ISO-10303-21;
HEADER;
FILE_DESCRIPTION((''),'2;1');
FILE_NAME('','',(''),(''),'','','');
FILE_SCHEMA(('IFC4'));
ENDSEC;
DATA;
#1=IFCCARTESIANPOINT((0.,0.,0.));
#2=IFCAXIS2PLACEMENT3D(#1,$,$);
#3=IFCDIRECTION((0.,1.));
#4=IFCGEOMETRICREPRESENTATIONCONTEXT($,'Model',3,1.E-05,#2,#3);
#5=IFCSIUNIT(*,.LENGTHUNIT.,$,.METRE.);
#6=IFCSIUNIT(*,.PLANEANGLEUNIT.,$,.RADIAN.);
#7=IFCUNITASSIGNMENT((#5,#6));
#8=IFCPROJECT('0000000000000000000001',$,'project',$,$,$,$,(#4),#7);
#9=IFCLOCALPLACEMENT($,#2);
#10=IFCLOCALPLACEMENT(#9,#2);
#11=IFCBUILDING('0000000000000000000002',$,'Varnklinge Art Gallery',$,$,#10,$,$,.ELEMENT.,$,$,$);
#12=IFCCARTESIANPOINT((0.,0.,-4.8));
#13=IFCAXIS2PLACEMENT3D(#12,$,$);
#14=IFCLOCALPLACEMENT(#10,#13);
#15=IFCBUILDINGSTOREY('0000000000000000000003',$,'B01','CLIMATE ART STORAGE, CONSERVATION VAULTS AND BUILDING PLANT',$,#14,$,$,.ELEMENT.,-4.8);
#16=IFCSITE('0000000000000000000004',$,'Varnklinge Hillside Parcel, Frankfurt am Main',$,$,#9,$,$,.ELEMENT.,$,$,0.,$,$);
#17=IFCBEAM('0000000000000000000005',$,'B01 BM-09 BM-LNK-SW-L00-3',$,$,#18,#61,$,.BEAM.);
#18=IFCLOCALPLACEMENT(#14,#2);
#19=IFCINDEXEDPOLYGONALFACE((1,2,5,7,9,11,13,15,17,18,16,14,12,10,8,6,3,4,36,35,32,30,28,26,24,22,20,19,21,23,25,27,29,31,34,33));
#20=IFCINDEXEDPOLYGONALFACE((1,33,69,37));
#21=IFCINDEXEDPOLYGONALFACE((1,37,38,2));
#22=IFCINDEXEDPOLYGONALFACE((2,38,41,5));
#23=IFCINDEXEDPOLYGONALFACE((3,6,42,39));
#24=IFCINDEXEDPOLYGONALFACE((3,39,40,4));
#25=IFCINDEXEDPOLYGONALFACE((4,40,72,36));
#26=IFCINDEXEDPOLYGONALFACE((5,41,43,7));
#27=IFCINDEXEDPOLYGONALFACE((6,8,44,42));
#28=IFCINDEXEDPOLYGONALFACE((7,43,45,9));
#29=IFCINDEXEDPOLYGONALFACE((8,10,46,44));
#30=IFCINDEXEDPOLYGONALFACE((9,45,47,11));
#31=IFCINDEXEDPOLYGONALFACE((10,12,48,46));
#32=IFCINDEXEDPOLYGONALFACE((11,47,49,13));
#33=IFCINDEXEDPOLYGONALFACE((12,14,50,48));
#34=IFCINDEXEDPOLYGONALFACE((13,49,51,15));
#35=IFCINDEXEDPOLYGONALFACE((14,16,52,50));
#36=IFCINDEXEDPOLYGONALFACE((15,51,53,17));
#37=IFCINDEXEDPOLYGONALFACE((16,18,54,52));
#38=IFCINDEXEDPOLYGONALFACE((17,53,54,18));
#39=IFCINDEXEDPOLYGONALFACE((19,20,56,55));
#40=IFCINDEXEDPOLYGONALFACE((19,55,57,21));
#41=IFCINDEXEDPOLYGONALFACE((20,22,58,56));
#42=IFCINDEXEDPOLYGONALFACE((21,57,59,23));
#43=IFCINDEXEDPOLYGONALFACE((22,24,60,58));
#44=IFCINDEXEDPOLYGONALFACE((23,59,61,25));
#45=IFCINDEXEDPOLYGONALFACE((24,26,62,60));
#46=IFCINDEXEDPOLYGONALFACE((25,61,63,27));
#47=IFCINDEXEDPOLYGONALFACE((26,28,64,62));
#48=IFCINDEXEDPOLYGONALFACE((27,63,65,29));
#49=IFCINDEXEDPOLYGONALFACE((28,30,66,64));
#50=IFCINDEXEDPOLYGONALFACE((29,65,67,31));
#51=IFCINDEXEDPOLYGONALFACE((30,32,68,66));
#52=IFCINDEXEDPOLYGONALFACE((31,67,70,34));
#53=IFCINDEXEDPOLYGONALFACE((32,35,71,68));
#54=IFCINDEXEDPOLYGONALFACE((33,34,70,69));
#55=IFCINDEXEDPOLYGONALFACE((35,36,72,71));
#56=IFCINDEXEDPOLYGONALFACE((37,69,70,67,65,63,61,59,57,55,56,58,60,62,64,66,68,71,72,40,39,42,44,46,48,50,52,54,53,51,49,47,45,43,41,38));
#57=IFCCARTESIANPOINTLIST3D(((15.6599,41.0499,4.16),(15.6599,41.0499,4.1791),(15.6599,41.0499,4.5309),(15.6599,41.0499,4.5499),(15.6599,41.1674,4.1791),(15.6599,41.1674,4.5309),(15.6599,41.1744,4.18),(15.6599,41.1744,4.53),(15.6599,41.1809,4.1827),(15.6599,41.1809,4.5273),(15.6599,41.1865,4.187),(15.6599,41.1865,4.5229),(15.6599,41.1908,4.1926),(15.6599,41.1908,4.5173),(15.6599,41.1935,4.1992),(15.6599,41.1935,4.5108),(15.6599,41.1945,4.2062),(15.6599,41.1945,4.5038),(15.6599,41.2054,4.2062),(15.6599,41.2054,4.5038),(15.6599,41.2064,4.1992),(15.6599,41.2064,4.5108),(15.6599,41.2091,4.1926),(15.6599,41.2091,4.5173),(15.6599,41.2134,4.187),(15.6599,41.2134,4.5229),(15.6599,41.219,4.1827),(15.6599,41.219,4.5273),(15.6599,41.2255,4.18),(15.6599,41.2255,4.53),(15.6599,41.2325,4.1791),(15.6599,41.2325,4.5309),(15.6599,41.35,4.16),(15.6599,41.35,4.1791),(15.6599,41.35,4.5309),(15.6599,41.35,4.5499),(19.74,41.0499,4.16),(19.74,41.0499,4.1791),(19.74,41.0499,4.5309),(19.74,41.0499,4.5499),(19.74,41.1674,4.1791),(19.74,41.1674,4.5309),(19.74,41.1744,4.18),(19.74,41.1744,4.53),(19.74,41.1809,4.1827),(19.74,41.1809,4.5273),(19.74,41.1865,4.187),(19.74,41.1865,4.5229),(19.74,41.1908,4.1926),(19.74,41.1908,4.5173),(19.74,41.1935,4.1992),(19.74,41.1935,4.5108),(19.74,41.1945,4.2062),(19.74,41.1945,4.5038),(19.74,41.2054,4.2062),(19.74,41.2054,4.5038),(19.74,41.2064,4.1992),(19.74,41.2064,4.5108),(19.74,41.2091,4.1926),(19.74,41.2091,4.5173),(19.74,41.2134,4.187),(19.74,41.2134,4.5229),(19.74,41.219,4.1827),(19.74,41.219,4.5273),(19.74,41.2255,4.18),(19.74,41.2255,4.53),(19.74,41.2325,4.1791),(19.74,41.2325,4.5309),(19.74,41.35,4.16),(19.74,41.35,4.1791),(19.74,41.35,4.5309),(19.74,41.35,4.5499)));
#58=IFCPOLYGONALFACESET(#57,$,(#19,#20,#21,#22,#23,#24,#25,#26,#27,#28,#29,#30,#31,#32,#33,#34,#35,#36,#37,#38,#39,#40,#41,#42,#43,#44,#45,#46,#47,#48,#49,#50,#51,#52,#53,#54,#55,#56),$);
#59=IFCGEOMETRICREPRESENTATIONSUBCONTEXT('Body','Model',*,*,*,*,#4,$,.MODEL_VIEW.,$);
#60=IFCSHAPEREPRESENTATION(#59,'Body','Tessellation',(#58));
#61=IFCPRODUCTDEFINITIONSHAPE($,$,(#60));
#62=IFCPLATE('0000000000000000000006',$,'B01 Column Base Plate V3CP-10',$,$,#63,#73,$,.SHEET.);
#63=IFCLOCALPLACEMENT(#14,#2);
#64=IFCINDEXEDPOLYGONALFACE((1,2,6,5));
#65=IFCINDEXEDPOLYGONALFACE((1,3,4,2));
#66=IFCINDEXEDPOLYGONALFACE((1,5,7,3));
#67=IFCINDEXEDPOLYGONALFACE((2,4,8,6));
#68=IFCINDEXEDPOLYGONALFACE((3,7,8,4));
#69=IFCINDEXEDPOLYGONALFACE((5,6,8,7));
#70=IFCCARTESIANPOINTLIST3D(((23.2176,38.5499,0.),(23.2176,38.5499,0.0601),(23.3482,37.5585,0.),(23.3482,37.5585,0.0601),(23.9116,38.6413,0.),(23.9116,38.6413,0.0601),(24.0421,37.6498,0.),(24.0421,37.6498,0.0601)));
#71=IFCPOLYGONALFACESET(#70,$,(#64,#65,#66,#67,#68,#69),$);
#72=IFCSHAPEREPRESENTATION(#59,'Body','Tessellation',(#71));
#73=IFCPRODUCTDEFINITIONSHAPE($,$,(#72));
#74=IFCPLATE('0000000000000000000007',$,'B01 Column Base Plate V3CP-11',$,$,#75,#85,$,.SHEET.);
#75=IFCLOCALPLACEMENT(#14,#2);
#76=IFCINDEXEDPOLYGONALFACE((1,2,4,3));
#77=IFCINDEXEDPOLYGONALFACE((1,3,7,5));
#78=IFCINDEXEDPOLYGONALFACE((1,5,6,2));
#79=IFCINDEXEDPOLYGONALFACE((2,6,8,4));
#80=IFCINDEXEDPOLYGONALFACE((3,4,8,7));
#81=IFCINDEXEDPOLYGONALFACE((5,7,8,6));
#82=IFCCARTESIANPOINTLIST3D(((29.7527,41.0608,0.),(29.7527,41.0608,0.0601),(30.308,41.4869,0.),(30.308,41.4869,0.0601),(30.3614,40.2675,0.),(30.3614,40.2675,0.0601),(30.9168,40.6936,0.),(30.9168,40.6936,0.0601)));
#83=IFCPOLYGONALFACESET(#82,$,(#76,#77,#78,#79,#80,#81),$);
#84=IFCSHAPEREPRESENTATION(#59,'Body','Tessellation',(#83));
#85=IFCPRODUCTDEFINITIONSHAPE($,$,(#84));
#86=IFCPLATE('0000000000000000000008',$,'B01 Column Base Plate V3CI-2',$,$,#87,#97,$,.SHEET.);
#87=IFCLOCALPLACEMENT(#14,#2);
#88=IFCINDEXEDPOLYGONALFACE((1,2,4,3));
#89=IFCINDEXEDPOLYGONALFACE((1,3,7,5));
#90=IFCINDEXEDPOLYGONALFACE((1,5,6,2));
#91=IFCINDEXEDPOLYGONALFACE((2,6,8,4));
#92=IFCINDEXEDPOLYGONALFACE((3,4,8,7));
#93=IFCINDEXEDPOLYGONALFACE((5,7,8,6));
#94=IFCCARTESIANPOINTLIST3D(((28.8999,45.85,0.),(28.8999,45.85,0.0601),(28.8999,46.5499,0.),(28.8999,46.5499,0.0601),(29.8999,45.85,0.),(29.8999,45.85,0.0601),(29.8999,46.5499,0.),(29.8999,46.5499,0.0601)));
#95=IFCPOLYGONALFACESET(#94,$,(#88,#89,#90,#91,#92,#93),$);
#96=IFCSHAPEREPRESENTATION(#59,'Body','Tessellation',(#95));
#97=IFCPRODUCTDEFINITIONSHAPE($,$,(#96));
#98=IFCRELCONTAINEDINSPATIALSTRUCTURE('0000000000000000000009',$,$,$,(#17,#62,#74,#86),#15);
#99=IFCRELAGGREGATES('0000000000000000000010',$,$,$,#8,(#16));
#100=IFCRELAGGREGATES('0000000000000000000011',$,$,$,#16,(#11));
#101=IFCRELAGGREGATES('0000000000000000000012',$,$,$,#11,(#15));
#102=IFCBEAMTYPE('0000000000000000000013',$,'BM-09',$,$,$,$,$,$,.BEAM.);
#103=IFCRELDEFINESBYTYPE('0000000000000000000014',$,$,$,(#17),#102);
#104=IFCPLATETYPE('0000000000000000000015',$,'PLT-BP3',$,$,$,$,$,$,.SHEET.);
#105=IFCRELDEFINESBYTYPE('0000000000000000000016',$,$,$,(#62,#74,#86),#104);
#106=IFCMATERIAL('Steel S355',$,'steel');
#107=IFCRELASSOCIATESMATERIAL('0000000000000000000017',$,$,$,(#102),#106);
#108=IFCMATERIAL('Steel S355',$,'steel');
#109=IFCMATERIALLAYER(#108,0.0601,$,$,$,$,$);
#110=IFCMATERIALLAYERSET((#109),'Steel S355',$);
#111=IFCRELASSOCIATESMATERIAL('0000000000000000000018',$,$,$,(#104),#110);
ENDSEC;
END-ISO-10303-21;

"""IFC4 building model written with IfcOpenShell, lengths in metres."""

from ifc_helpers import new_model, si_unit, direction, frame, origin, origin_2d, place, context, subcontext, project, spatial, rectangle, i_section, extrude, material, layer, layer_set, material_profile, profile_set, type_object, element, save


model = new_model("IFC4")

# Units and contexts
model_context = context("Model", 3, precision=1e-05, world=origin(), true_north=direction((0.0, 1.0)))
body_context = subcontext(model_context, "Body", "Model", "MODEL_VIEW")
ifc_project = project(units=[si_unit("LENGTHUNIT", "METRE"), si_unit("PLANEANGLEUNIT", "RADIAN")], contexts=[model_context])

# Site, building, storey
site_placement = place(None, origin())
site = spatial("IfcSite", under=ifc_project, at=site_placement, Name="Varnklinge Hillside Parcel, Frankfurt am Main", CompositionType="ELEMENT", RefElevation=0.0)
building_placement = place(site_placement, origin())
building = spatial("IfcBuilding", under=site, at=building_placement, Name="Varnklinge Art Gallery", CompositionType="ELEMENT")
storey_placement = place(building_placement, frame((0.0, 0.0, -4.8)))
storey = spatial("IfcBuildingStorey", under=building, at=storey_placement, Name="B01", Description="CLIMATE ART STORAGE, CONSERVATION VAULTS AND BUILDING PLANT", CompositionType="ELEMENT", Elevation=-4.8)

# Beam
ifc_material_1 = material(Name="Steel S355", Category="steel")
ifc_material_profile_1 = material_profile(ifc_material_1, i_section(OverallWidth=0.3, OverallDepth=0.3899, WebThickness=0.011, FlangeThickness=0.019, FilletRadius=0.0271, at=origin_2d()), Name="HEA 400")
ifc_profile_set_1 = profile_set([ifc_material_profile_1], Name="Steel S355")
beam_type_1 = type_object("IfcBeamType", Name="BM-09", PredefinedType="BEAM", material=ifc_profile_set_1)
beam_1_placement = place(storey_placement, frame((19.74, 41.2, 4.355), z_axis=(-1.0, 0.0, 0.0), x_axis=(0.0, -1.0, 0.0)))
element("IfcBeam", 1, at=beam_1_placement, inside=storey, type_object=beam_type_1, Name="B01 BM-09 BM-LNK-SW-L00-3", PredefinedType="BEAM", context=body_context, shape_type="SweptSolid", body=[
    extrude(i_section(OverallWidth=0.3, OverallDepth=0.3899, WebThickness=0.011, FlangeThickness=0.019, FilletRadius=0.0271, at=origin_2d()), origin(), (0.0, 0.0, 1.0), 4.0801),
])

# Plates
ifc_material_2 = material(Name="Steel S355", Category="steel")
ifc_layer = layer(ifc_material_2, 0.0601)
ifc_layer_set = layer_set([ifc_layer], Name="Steel S355")
plate_type = type_object("IfcPlateType", Name="PLT-BP3", PredefinedType="SHEET", material=ifc_layer_set)
for number, where, z_axis, x_axis, name in (
    (2, (23.6299, 38.0999, 0.0), (0.0, 0.0, 1.0), (0.130526, -0.991445, 0.0), "B01 Column Base Plate V3CP-10"),
    (3, (30.3347, 40.8772, 0.0), (0.0, 0.0, 1.0), (0.608761, -0.793353, 0.0), "B01 Column Base Plate V3CP-11"),
    (4, (29.3999, 46.2, 0.0), (0.0, 0.0, 1.0), (1.0, 0.0, 0.0), "B01 Column Base Plate V3CI-2"),
):
    element("IfcPlate", number, at=place(storey_placement, frame(where, z_axis=z_axis, x_axis=x_axis)), inside=storey, type_object=plate_type, Name=name, PredefinedType="SHEET", context=body_context, shape_type="SweptSolid", body=[
        extrude(rectangle(XDim=1.0, YDim=0.7, at=origin_2d()), origin(), (0.0, 0.0, 1.0), 0.0601),
    ])

save(model, "model.ifc")
